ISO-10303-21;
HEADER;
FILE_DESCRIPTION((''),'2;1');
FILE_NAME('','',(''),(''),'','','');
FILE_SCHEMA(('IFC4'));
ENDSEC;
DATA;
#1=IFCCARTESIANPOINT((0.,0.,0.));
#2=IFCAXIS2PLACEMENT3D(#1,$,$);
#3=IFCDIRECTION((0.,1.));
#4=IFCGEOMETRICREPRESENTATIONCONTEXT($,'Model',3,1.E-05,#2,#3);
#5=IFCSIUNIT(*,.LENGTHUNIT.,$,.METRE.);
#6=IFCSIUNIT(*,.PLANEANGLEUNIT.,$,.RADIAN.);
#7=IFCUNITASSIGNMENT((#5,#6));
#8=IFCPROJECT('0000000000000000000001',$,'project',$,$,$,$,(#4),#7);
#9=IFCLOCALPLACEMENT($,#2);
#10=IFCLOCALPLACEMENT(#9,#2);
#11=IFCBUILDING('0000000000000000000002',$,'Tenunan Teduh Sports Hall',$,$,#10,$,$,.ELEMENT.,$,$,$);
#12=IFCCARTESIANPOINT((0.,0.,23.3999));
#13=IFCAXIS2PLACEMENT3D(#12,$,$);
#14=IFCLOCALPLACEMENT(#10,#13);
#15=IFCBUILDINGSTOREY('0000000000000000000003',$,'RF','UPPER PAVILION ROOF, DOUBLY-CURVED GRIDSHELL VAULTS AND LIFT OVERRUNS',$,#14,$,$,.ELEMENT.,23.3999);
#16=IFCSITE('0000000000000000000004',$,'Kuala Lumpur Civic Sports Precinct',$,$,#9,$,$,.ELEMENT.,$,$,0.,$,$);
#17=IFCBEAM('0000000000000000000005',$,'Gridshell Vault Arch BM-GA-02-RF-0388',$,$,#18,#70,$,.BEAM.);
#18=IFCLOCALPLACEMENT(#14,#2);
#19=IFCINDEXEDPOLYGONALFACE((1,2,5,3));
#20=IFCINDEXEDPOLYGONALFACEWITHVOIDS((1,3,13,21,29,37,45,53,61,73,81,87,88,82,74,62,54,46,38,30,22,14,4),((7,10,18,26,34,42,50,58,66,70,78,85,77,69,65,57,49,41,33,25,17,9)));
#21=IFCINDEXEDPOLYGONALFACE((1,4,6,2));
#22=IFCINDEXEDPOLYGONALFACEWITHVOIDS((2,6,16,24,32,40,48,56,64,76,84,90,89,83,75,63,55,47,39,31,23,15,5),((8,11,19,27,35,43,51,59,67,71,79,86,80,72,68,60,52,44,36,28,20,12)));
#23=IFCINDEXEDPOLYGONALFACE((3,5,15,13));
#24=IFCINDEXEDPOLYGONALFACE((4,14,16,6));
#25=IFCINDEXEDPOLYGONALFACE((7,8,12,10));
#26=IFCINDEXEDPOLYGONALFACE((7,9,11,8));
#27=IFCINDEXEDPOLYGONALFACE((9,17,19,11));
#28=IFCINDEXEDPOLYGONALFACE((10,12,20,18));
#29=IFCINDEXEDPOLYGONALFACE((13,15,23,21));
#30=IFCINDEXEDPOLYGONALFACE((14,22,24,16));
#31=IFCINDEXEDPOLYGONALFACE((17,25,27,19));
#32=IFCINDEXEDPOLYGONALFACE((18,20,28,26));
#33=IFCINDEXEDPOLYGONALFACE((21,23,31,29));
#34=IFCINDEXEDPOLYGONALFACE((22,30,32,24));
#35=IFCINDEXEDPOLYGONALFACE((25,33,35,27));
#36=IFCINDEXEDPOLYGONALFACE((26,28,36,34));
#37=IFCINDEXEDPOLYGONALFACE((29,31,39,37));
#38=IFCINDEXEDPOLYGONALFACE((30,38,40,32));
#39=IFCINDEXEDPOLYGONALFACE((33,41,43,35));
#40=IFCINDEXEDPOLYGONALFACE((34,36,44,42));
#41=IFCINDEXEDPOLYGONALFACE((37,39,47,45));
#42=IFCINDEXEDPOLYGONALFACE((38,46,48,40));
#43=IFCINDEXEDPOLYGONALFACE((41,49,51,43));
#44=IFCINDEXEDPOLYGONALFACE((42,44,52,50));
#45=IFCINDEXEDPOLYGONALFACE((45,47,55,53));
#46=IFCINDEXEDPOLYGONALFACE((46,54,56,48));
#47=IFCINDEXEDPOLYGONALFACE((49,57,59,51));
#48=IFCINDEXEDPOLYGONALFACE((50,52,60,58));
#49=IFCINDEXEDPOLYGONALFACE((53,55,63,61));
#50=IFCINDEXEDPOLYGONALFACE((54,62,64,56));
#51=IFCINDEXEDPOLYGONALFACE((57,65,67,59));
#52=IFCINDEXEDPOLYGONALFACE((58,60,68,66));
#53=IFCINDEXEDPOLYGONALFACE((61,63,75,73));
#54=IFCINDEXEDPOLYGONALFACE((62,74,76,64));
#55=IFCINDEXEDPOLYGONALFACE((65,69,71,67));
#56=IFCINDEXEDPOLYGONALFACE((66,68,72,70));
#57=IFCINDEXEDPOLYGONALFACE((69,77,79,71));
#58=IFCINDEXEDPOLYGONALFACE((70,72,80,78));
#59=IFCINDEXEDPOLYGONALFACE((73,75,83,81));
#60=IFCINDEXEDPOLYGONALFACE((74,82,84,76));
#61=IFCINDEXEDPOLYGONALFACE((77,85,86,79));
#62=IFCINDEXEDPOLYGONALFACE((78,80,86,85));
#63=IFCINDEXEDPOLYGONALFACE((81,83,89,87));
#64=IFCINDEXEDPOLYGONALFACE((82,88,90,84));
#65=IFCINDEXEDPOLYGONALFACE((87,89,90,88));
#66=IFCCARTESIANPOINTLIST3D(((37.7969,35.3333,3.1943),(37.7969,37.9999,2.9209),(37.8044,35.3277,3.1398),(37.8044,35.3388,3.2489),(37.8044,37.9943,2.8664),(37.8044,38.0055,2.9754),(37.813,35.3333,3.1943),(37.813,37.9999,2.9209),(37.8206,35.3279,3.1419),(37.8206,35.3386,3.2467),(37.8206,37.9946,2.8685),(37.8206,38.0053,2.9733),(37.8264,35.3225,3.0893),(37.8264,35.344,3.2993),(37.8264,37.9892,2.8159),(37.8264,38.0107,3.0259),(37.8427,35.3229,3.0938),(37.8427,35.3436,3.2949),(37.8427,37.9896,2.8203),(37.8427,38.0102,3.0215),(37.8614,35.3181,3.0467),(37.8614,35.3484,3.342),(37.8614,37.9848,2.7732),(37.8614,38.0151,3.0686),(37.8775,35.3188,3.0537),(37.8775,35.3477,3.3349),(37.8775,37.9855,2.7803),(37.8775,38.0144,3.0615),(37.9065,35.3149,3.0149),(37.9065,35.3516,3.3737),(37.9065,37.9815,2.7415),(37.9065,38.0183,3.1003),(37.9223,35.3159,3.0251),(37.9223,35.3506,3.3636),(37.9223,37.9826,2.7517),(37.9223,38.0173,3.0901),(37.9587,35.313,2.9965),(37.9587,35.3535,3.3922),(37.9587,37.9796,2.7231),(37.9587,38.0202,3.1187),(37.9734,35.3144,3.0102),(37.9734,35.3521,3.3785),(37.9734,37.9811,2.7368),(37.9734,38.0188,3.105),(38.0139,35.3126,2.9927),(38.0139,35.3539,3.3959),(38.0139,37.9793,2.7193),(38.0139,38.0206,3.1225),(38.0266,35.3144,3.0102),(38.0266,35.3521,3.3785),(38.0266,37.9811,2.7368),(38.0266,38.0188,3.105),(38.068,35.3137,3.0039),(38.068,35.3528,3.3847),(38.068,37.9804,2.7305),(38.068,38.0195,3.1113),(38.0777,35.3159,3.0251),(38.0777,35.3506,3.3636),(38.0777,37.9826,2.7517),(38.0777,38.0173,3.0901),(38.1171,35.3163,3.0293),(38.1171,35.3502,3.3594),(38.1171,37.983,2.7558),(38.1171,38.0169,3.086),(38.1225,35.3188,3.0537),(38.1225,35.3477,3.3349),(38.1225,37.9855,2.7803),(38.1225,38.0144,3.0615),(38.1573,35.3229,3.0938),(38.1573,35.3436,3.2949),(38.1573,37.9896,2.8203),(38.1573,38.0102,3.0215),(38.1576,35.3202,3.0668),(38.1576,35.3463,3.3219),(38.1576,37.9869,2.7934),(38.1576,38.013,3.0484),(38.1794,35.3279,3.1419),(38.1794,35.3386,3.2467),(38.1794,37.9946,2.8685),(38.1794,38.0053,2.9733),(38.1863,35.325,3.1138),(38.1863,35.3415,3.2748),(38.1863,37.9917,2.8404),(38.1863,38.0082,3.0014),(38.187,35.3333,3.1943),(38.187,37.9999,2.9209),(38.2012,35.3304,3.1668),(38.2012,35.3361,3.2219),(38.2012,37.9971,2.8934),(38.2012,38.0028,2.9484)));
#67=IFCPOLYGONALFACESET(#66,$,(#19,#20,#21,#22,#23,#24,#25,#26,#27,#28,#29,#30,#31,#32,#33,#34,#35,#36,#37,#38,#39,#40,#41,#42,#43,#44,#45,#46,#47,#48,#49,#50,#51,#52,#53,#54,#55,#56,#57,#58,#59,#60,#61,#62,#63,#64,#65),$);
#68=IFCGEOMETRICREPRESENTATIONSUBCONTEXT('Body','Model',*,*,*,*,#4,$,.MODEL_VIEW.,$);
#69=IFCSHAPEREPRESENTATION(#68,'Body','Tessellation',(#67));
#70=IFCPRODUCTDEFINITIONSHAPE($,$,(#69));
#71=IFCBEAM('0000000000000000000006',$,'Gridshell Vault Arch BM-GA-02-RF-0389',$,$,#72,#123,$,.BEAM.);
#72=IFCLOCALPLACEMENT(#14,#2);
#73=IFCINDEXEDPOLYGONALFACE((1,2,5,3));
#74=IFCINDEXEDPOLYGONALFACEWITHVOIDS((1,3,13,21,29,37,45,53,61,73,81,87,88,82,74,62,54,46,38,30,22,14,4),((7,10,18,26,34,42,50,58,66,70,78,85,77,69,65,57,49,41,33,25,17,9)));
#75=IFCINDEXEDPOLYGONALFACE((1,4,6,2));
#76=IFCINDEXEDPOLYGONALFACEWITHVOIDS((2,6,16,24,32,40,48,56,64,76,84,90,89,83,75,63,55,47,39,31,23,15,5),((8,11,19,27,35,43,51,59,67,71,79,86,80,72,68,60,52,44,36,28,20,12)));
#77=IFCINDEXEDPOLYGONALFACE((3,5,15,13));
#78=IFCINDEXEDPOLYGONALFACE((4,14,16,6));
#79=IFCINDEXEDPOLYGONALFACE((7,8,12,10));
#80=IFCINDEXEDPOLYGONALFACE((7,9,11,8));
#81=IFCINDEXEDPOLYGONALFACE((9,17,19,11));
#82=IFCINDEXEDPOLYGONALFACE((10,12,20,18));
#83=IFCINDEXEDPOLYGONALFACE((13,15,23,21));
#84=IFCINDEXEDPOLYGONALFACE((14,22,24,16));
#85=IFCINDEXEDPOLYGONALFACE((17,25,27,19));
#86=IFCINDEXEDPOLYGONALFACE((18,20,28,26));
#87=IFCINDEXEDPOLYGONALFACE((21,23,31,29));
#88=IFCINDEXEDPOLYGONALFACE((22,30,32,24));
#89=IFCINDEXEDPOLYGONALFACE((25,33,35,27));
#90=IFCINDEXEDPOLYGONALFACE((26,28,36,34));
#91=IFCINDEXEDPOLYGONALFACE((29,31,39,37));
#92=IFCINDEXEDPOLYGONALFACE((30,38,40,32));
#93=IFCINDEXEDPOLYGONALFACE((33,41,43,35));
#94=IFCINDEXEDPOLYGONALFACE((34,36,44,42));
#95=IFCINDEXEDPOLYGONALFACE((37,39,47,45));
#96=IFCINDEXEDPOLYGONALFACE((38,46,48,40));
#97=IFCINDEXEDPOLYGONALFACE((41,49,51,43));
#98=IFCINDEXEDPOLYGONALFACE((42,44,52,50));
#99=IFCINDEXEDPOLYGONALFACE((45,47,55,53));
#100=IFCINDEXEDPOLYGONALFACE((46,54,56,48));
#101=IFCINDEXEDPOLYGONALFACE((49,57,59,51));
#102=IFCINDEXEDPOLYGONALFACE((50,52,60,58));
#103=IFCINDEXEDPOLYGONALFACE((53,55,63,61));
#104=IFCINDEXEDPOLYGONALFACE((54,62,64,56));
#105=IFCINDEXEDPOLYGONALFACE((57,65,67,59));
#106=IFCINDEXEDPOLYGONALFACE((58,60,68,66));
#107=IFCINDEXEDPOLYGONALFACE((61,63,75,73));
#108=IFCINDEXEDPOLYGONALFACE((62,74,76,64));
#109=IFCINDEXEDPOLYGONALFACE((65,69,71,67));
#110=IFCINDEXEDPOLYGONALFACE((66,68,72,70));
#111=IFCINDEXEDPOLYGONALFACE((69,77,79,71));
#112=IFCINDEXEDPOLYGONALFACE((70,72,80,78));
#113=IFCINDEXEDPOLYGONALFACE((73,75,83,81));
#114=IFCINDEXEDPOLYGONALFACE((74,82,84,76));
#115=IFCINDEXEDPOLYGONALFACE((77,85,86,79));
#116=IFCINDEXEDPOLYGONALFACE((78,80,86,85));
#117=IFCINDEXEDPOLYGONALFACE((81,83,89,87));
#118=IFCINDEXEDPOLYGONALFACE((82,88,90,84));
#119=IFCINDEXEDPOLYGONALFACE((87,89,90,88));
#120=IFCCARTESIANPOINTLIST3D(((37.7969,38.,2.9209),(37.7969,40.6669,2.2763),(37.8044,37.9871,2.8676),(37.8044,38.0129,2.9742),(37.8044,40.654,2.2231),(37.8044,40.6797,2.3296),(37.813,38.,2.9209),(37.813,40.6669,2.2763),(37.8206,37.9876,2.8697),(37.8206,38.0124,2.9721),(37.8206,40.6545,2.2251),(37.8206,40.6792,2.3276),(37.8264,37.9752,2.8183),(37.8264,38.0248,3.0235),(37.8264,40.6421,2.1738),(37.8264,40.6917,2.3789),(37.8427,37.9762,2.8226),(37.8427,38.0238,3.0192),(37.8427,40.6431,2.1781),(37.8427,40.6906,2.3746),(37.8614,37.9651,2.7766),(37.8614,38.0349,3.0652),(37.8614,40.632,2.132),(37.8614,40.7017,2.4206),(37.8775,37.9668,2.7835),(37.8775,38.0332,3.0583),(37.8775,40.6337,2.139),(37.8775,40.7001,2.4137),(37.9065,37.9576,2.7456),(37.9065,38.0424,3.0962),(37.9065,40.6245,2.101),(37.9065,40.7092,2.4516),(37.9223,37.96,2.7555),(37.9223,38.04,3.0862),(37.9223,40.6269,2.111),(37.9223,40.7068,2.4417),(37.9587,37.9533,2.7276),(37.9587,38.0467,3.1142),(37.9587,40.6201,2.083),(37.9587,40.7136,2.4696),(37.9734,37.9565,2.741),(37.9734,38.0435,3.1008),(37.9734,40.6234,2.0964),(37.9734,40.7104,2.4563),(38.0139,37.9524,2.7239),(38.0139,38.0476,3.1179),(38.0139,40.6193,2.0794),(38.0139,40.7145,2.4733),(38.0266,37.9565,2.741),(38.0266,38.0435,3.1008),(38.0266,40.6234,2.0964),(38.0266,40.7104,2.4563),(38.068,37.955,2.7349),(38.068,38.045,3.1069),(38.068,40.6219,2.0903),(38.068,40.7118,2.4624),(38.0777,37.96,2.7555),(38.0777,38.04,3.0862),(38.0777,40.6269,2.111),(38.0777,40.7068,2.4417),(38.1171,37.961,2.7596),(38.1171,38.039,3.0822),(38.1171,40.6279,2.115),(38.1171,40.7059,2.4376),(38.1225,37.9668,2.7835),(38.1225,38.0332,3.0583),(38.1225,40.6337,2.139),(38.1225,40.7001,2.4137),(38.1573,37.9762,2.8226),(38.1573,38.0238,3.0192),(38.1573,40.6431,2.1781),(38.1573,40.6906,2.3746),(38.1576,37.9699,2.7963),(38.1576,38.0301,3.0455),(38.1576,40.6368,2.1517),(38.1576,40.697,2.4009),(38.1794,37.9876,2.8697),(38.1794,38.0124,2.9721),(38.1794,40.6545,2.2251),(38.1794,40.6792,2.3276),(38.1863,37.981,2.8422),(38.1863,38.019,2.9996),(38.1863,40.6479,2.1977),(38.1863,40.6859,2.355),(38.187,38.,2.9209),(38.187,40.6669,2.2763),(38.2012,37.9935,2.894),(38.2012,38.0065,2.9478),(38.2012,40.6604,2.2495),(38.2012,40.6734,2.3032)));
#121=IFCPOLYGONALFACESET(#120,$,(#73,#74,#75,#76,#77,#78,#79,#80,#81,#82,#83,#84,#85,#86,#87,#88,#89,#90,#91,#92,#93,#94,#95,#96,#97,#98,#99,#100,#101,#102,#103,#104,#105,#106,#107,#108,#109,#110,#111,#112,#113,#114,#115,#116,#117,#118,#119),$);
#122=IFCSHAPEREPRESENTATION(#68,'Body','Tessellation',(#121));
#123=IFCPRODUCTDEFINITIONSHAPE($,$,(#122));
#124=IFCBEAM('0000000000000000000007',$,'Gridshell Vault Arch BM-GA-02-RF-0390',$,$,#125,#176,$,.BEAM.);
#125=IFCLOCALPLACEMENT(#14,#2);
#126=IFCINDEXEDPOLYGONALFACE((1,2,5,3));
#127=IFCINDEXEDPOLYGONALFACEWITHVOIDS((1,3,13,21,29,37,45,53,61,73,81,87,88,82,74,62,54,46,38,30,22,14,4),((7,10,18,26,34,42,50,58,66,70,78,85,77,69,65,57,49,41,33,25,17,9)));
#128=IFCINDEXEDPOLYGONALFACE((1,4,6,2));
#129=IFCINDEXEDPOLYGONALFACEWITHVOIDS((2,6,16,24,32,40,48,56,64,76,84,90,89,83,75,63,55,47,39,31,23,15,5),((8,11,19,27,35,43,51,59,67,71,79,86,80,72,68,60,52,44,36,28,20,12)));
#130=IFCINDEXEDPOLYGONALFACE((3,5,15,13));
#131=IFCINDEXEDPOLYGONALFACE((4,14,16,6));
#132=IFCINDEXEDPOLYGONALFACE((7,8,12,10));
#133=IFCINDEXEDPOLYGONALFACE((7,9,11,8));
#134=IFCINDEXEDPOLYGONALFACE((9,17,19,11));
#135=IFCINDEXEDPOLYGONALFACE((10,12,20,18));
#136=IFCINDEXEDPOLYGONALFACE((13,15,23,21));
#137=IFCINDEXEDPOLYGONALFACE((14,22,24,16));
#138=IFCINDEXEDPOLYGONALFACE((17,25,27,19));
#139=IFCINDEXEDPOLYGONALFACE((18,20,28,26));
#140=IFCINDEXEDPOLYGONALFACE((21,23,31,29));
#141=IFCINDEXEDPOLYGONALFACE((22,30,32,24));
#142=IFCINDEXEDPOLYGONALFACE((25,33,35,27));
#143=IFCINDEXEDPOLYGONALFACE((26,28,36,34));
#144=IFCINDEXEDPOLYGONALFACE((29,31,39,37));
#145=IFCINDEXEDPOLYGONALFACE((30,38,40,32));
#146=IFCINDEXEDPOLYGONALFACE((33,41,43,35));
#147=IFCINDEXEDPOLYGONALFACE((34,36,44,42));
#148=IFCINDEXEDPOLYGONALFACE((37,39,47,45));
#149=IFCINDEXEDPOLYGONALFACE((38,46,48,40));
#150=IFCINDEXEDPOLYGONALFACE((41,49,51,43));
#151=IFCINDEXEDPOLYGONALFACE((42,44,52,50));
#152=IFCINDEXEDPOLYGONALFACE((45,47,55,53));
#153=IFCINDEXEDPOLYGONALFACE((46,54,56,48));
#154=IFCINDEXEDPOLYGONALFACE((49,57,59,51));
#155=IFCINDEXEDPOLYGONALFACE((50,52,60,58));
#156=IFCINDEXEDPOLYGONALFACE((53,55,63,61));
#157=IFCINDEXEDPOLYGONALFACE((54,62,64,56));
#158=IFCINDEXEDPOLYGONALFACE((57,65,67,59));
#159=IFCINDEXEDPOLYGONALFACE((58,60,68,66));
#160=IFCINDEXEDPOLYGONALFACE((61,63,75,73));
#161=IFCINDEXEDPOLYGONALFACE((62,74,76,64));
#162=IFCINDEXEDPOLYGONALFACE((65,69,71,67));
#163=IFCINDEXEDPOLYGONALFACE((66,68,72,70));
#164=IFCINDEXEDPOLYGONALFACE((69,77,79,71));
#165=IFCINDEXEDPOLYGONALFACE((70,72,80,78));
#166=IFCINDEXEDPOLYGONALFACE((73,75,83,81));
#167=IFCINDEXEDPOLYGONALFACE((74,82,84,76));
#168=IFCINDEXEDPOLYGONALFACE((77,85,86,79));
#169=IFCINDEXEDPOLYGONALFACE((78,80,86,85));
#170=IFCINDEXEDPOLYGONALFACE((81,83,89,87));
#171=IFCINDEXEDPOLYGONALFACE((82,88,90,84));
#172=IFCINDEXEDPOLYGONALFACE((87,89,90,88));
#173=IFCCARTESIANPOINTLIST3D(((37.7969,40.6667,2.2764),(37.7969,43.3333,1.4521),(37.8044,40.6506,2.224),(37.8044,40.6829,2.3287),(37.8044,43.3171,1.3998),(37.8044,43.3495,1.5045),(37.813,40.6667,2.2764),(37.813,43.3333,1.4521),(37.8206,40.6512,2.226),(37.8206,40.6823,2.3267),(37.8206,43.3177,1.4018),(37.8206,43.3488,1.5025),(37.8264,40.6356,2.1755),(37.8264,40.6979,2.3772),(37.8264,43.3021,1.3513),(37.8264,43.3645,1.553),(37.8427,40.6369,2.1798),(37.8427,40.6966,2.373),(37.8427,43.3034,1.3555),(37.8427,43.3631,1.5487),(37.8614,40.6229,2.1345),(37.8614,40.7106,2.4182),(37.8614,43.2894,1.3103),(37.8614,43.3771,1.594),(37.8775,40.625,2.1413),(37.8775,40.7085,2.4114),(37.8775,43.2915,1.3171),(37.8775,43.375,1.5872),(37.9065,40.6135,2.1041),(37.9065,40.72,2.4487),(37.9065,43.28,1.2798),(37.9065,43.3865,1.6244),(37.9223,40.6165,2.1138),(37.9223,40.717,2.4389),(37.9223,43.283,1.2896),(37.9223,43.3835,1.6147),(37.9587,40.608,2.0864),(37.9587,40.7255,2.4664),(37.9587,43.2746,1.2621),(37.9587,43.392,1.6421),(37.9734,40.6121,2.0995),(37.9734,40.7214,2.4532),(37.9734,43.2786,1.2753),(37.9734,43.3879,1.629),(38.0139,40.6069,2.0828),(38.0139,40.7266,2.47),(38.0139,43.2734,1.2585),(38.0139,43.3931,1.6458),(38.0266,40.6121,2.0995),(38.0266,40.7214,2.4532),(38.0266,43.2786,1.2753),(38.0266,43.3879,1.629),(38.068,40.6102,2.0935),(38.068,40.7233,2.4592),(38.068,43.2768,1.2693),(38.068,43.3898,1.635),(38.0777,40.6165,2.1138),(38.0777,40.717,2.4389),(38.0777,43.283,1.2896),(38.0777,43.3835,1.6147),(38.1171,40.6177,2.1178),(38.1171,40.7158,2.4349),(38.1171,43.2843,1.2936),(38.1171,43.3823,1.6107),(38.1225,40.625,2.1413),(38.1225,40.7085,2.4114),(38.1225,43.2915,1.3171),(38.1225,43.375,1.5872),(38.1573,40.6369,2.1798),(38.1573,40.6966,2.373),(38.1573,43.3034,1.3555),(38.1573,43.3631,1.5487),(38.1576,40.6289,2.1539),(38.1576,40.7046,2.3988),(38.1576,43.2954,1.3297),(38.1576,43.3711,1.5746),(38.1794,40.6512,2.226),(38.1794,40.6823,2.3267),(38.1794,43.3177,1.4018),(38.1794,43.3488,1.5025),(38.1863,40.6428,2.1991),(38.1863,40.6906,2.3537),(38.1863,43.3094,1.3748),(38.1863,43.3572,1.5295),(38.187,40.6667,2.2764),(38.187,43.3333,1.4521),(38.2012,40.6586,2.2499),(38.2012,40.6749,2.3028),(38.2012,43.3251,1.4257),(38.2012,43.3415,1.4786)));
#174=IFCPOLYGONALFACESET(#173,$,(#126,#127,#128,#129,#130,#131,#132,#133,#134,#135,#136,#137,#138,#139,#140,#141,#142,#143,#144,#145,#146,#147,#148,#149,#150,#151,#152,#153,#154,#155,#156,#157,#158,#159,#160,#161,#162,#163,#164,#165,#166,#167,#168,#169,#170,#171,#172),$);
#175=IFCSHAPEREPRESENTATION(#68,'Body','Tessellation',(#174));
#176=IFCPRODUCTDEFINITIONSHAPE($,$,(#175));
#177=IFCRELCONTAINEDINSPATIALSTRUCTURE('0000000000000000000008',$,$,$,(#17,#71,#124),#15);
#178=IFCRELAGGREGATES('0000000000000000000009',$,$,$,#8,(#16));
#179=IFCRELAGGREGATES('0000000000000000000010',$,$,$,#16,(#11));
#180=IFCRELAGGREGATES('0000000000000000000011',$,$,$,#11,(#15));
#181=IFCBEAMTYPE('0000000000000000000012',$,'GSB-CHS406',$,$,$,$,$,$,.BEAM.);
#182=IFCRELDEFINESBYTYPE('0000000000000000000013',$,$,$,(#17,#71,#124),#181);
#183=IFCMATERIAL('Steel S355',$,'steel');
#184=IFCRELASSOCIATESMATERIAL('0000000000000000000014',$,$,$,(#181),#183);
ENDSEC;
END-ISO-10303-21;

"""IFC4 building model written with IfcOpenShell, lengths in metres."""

from ifc_helpers import new_model, si_unit, direction, frame, origin, origin_2d, place, context, subcontext, project, spatial, hollow_circle, extrude, material, material_profile, profile_set, type_object, element, save


model = new_model("IFC4")

# Units and contexts
model_context = context("Model", 3, precision=1e-05, world=origin(), true_north=direction((0.0, 1.0)))
body_context = subcontext(model_context, "Body", "Model", "MODEL_VIEW")
ifc_project = project(units=[si_unit("LENGTHUNIT", "METRE"), si_unit("PLANEANGLEUNIT", "RADIAN")], contexts=[model_context])

# Site, building, storey
site_placement = place(None, origin())
site = spatial("IfcSite", under=ifc_project, at=site_placement, Name="Kuala Lumpur Civic Sports Precinct", CompositionType="ELEMENT", RefElevation=0.0)
building_placement = place(site_placement, origin())
building = spatial("IfcBuilding", under=site, at=building_placement, Name="Tenunan Teduh Sports Hall", CompositionType="ELEMENT")
storey_placement = place(building_placement, frame((0.0, 0.0, 23.3999)))
storey = spatial("IfcBuildingStorey", under=building, at=storey_placement, Name="RF", Description="UPPER PAVILION ROOF, DOUBLY-CURVED GRIDSHELL VAULTS AND LIFT OVERRUNS", CompositionType="ELEMENT", Elevation=23.3999)

# Beams
ifc_material_1 = material(Name="Steel S355", Category="steel")
ifc_material_profile_1 = material_profile(ifc_material_1, hollow_circle(Radius=0.2031, WallThickness=0.0161, at=origin_2d()), Name="CHS 406.4x16.0")
ifc_profile_set_1 = profile_set([ifc_material_profile_1], Name="Steel S355")
beam_type_1 = type_object("IfcBeamType", Name="GSB-CHS406", PredefinedType="BEAM", material=ifc_profile_set_1)
beam_1_placement = place(storey_placement, frame((38.0, 35.3333, 3.1943), z_axis=(0.0, 0.994784, -0.102001), x_axis=(-1.0, 0.0, 0.0)))
element("IfcBeam", 1, at=beam_1_placement, inside=storey, type_object=beam_type_1, Name="Gridshell Vault Arch BM-GA-02-RF-0388", PredefinedType="BEAM", context=body_context, shape_type="SweptSolid", body=[
    extrude(hollow_circle(Radius=0.2031, WallThickness=0.0161, at=origin_2d()), origin(), (0.0, 0.0, 1.0), 2.6807),
])
beam_2_placement = place(storey_placement, frame((38.0, 38.0, 2.9209), z_axis=(0.0, 0.972013, -0.234928), x_axis=(-1.0, 0.0, 0.0)))
element("IfcBeam", 2, at=beam_2_placement, inside=storey, type_object=beam_type_1, Name="Gridshell Vault Arch BM-GA-02-RF-0389", PredefinedType="BEAM", context=body_context, shape_type="SweptSolid", body=[
    extrude(hollow_circle(Radius=0.2031, WallThickness=0.0161, at=origin_2d()), origin(), (0.0, 0.0, 1.0), 2.7437),
])
beam_3_placement = place(storey_placement, frame((38.0, 40.6667, 2.2764), z_axis=(0.0, 0.9554, -0.295315), x_axis=(-1.0, 0.0, 0.0)))
element("IfcBeam", 3, at=beam_3_placement, inside=storey, type_object=beam_type_1, Name="Gridshell Vault Arch BM-GA-02-RF-0390", PredefinedType="BEAM", context=body_context, shape_type="SweptSolid", body=[
    extrude(hollow_circle(Radius=0.2031, WallThickness=0.0161, at=origin_2d()), origin(), (0.0, 0.0, 1.0), 2.791),
])

save(model, "model.ifc")
